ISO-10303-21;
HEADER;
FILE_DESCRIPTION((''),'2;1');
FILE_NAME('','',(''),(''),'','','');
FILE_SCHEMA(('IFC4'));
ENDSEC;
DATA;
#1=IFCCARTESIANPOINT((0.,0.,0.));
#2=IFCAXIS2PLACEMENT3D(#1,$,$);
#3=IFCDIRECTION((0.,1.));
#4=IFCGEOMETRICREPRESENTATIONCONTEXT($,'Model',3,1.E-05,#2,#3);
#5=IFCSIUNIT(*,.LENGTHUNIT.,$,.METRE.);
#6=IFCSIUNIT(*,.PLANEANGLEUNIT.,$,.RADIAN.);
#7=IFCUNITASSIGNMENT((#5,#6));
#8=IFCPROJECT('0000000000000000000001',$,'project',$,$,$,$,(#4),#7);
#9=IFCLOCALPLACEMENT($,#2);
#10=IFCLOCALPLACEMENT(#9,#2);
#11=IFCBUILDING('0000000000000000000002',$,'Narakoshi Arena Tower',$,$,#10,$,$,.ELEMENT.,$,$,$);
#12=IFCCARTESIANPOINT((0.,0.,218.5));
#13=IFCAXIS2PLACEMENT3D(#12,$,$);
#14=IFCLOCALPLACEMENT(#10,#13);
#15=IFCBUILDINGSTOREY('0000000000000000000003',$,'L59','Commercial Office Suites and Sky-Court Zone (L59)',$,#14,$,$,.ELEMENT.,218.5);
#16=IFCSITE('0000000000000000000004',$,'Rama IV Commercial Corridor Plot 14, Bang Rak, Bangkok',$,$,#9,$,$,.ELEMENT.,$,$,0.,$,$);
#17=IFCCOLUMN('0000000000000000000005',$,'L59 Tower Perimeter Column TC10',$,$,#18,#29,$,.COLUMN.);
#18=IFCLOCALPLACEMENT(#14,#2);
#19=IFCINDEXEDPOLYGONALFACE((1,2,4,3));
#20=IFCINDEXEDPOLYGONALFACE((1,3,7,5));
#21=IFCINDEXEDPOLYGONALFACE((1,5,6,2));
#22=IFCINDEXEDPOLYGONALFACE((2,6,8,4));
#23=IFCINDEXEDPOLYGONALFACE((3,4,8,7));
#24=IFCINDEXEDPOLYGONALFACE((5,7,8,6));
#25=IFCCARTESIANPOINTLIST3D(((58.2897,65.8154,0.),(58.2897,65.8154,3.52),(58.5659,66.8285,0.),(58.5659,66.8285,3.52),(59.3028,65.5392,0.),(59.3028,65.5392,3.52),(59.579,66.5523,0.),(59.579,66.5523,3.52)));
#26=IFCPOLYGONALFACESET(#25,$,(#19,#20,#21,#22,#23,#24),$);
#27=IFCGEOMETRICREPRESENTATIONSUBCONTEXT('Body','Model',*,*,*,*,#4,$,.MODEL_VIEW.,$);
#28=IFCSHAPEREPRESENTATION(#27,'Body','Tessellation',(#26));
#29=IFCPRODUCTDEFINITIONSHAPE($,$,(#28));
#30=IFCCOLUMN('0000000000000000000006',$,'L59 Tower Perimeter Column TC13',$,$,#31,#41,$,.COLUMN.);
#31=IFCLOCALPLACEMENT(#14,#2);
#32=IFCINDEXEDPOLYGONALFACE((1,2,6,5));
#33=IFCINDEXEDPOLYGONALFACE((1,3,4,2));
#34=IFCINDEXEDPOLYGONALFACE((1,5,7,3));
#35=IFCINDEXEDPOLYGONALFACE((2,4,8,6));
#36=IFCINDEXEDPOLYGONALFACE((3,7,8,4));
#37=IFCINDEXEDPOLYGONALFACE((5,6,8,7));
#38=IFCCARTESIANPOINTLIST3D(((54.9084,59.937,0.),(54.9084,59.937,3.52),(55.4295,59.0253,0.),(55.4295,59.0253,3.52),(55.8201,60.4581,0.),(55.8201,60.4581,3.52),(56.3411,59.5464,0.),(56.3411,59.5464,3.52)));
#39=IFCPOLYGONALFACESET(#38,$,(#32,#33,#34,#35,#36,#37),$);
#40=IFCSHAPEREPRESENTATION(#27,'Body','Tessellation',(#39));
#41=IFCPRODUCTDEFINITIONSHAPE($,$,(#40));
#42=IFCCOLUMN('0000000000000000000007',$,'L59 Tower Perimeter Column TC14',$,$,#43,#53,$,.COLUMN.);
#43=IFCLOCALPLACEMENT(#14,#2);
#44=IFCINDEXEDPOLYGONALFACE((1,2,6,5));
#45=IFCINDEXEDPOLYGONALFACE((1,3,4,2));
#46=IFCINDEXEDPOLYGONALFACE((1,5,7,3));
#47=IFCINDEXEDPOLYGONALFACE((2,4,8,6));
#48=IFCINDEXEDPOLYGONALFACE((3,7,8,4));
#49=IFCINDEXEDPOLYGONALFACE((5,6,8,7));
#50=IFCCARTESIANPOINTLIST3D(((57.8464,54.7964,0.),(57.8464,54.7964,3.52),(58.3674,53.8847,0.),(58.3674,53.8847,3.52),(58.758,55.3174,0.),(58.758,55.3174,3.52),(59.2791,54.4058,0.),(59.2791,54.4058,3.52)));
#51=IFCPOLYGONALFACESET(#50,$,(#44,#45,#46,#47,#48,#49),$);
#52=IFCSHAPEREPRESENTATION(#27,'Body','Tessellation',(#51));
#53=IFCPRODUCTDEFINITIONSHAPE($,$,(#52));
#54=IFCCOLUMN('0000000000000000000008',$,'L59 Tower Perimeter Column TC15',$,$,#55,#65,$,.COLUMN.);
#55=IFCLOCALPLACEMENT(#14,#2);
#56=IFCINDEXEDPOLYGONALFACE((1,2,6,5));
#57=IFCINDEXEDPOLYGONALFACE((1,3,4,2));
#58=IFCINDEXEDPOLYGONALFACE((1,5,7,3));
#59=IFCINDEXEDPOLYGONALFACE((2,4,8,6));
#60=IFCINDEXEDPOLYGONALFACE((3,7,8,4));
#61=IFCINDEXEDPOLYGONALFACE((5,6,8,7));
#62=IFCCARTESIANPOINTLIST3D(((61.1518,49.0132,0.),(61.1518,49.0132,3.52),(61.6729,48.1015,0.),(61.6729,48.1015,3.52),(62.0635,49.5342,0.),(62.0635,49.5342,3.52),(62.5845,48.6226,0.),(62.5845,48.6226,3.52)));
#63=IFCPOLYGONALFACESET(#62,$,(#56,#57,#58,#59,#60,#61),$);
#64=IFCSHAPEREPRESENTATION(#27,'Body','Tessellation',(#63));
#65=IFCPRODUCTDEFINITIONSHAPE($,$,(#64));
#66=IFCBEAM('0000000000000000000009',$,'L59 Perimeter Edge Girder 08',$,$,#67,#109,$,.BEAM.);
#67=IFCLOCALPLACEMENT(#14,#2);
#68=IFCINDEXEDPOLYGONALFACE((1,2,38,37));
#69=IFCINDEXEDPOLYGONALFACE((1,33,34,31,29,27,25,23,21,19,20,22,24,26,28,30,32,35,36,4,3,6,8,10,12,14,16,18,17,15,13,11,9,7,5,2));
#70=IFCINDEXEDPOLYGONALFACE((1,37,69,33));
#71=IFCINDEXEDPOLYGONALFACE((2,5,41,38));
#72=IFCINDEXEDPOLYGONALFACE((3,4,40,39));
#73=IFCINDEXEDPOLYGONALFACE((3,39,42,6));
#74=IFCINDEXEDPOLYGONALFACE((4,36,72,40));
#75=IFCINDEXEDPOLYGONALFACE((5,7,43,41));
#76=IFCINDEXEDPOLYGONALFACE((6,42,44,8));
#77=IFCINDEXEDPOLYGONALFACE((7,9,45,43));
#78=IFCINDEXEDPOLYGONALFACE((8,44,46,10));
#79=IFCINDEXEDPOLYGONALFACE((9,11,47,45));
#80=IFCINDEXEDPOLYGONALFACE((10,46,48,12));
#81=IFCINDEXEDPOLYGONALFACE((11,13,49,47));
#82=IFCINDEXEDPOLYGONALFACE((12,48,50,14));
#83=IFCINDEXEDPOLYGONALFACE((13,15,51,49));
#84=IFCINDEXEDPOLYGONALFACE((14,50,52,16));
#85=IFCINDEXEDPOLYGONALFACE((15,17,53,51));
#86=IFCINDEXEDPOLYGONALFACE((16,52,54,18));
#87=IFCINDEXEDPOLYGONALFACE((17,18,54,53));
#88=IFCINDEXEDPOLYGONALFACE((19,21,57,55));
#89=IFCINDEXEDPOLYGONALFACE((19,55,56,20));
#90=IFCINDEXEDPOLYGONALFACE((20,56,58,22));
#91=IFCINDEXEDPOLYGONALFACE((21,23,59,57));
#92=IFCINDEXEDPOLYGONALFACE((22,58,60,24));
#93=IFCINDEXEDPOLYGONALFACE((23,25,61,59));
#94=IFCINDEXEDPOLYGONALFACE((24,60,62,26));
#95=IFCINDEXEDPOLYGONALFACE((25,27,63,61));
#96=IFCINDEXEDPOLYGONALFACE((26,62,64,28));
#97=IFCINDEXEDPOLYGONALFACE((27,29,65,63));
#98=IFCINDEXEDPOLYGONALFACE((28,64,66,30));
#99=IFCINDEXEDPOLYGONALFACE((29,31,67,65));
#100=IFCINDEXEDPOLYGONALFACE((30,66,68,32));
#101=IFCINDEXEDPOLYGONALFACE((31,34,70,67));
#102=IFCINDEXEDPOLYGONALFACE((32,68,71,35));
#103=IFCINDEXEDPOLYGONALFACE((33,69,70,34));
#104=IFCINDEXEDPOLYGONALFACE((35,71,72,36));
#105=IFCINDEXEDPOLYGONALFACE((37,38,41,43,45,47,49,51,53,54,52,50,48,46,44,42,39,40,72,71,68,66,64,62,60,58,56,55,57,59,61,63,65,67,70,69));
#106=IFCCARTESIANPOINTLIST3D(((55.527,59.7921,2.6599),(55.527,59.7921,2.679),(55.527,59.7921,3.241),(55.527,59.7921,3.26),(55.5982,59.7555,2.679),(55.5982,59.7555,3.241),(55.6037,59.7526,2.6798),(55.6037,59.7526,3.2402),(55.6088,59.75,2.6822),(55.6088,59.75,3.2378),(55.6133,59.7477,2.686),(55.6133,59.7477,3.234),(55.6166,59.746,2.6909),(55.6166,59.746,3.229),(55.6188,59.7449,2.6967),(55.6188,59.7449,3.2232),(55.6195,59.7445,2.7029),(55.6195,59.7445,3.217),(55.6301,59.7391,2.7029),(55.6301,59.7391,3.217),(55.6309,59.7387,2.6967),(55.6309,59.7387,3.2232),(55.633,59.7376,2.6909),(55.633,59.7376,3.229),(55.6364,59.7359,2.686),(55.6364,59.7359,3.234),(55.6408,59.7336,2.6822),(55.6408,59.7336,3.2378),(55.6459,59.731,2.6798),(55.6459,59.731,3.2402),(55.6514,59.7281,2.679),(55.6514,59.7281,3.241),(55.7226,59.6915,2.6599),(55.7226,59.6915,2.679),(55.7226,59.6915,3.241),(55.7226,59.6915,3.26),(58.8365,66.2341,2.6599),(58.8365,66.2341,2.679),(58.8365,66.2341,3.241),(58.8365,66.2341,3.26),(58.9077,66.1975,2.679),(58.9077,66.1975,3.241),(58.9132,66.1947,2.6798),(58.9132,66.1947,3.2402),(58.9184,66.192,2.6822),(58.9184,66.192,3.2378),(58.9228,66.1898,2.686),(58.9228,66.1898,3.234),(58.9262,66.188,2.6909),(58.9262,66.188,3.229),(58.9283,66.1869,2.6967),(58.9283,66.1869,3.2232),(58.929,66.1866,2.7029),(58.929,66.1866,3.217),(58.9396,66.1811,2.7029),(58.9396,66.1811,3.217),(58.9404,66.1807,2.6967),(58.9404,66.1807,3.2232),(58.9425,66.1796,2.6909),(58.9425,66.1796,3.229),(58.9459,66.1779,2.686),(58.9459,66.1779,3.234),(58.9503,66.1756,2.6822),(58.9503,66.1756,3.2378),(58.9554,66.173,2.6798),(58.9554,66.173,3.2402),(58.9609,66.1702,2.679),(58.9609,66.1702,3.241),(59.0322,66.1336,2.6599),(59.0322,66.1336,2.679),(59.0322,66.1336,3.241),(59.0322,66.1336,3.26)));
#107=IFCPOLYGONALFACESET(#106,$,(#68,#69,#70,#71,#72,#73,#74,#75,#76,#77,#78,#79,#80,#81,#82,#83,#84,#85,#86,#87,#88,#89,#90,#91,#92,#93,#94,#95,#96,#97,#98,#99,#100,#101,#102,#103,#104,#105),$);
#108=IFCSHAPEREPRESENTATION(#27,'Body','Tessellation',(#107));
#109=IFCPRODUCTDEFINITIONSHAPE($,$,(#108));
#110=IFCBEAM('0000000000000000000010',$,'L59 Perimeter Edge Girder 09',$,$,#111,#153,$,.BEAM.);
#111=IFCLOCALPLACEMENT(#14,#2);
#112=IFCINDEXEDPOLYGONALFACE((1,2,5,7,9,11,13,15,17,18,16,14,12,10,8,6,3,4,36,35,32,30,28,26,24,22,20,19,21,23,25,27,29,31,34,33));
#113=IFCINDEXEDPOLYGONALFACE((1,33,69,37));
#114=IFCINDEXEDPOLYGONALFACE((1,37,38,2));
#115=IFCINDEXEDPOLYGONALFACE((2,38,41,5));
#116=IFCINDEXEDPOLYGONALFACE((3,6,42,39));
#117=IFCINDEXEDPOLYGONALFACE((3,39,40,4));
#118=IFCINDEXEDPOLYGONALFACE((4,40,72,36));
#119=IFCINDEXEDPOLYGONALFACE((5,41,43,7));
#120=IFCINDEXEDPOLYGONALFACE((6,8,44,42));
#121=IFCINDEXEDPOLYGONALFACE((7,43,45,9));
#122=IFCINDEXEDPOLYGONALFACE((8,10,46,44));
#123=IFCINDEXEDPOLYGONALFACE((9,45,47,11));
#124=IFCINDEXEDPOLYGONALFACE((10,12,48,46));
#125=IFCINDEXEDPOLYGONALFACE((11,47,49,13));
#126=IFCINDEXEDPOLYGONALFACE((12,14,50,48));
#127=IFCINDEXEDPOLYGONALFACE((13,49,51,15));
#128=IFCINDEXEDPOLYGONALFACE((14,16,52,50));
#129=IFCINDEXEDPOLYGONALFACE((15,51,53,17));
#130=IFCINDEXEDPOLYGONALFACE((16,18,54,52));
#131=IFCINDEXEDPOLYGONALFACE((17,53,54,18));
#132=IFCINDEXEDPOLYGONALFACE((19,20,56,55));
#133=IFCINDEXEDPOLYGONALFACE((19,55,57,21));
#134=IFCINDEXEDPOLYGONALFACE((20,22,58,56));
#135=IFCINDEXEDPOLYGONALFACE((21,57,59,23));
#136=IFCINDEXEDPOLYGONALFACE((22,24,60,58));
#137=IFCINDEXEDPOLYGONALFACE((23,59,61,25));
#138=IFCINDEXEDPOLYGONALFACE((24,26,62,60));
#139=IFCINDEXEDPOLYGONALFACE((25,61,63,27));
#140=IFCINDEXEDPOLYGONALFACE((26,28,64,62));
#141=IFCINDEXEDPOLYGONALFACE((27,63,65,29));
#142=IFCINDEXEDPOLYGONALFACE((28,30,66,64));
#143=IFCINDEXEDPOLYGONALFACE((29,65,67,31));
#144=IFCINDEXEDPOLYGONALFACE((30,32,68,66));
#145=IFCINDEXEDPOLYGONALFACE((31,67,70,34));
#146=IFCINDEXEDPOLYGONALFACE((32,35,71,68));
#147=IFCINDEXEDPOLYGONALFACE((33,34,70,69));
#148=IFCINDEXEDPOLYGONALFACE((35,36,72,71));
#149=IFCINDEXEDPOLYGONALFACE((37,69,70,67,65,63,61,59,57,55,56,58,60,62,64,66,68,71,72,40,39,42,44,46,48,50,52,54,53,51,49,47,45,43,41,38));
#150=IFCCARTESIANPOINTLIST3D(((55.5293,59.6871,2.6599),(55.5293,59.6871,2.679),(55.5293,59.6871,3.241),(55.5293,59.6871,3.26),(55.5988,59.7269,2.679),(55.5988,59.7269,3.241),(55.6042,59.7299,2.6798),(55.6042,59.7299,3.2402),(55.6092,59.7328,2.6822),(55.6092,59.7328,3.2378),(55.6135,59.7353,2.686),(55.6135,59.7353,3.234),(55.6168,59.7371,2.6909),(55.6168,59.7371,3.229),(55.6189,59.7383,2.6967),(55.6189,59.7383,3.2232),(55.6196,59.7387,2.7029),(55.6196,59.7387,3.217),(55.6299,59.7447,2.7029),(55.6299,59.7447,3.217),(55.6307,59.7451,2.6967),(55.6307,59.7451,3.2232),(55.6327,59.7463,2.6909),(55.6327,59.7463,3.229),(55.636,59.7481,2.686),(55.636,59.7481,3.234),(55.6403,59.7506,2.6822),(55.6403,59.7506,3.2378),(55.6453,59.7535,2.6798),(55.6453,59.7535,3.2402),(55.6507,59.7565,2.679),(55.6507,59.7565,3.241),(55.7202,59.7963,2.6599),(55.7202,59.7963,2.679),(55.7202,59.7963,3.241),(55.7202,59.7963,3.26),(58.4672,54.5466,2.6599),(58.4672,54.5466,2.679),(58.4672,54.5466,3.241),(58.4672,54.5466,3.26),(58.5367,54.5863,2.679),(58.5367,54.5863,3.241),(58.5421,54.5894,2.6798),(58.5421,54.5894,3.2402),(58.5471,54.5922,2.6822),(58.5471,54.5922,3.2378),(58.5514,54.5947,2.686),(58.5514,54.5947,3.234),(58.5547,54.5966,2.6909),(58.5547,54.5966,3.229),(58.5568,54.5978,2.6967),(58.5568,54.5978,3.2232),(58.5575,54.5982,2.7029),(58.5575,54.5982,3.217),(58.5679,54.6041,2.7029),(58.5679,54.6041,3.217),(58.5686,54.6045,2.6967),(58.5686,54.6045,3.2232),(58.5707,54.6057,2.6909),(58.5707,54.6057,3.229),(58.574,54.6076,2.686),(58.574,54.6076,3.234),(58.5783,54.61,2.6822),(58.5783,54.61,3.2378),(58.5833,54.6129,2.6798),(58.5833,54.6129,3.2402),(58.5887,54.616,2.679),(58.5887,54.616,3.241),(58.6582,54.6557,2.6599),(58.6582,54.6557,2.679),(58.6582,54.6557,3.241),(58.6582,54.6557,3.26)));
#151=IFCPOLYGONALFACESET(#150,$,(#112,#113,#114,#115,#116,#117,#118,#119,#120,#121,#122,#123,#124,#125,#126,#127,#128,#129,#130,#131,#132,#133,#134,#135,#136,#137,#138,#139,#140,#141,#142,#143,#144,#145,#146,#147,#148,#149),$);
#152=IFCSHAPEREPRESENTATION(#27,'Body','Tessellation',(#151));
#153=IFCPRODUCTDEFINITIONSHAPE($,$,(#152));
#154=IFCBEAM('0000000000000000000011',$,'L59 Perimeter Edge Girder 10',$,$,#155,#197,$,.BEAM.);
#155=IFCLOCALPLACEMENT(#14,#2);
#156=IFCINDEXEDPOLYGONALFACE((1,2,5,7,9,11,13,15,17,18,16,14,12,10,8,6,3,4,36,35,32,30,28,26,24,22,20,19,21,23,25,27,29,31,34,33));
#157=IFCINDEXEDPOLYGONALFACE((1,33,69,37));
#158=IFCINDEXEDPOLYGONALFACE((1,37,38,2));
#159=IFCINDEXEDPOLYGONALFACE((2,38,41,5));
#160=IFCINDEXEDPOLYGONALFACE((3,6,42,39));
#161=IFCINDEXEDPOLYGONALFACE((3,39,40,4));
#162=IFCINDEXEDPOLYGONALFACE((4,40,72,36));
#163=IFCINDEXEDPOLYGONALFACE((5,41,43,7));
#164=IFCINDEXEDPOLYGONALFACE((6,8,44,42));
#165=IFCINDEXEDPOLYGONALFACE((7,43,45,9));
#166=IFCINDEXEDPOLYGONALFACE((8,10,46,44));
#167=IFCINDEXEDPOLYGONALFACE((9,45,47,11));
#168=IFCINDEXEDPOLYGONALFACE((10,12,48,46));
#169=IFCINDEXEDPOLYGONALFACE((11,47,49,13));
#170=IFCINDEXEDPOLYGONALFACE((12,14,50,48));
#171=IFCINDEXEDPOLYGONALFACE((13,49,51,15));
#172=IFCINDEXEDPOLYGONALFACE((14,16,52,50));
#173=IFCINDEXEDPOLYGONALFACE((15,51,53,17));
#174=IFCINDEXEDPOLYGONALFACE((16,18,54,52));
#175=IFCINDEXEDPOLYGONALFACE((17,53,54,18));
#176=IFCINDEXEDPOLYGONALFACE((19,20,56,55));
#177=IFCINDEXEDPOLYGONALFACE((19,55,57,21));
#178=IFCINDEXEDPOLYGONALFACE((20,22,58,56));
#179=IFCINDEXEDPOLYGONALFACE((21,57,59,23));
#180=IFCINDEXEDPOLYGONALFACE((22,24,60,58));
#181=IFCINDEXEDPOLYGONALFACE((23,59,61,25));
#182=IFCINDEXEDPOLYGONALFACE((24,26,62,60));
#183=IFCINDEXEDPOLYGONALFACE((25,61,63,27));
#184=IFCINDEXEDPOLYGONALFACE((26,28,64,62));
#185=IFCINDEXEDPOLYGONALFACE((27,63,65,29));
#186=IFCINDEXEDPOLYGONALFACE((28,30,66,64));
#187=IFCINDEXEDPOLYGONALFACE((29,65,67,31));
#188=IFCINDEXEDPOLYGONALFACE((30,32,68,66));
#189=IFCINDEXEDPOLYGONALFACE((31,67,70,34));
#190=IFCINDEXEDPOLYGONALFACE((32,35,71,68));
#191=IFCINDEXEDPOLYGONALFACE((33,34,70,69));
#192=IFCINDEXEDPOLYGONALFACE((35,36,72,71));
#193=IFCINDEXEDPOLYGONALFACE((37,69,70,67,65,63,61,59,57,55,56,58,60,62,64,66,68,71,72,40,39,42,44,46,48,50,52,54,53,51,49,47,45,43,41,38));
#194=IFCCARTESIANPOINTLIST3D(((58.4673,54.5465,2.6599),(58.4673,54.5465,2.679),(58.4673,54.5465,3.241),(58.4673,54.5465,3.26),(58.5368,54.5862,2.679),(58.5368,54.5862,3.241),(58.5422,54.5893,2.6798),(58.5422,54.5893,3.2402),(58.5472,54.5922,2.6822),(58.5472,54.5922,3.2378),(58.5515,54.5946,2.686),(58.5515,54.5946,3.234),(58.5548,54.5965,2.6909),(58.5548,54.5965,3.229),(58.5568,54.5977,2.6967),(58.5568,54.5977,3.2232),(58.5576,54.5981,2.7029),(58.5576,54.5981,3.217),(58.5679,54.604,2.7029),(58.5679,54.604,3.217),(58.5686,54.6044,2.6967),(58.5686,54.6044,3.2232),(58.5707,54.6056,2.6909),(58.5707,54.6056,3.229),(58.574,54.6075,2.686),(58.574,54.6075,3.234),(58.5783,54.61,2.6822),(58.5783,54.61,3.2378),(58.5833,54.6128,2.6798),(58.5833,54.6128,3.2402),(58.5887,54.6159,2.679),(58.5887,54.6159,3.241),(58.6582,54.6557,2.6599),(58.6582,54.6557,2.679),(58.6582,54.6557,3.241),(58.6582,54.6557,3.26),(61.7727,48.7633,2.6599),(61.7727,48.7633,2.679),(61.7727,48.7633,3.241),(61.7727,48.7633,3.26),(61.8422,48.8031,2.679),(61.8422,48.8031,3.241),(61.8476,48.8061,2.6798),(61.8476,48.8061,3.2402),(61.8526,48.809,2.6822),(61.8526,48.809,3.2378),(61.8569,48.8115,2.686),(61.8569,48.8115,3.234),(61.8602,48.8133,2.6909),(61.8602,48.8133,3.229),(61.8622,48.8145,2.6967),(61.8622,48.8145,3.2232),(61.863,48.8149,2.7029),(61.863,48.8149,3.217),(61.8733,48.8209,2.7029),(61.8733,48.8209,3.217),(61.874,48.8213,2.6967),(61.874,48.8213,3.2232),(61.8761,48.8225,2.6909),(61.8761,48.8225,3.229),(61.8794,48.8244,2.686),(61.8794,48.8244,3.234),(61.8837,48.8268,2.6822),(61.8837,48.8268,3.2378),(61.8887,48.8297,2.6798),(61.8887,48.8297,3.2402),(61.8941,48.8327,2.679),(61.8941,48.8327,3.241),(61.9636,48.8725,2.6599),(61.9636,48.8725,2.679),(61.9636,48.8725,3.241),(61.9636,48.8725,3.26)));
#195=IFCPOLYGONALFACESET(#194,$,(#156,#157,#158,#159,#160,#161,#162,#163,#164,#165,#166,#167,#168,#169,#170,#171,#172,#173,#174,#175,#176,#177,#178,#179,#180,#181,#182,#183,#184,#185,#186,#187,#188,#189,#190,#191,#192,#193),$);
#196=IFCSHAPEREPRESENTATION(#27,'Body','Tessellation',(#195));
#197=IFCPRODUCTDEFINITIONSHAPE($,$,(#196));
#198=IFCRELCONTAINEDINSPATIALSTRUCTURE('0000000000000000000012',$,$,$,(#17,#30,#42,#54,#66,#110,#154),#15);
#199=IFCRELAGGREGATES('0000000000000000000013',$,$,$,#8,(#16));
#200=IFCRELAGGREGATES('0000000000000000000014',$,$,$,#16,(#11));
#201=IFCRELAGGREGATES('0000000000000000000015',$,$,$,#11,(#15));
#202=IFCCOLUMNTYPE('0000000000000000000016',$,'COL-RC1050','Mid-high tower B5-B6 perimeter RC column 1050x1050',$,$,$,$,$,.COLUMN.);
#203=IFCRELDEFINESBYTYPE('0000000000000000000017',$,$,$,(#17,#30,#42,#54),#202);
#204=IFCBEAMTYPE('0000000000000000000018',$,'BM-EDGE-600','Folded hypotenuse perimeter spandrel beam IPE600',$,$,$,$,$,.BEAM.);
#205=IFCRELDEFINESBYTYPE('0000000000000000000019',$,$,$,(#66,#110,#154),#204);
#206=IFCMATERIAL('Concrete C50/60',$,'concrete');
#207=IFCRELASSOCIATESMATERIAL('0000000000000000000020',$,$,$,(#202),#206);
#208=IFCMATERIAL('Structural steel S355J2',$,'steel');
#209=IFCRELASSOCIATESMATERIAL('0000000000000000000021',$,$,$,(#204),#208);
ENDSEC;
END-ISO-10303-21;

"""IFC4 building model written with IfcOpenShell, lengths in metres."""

from ifc_helpers import new_model, si_unit, direction, frame, origin, origin_2d, place, context, subcontext, project, spatial, rectangle, i_section, extrude, material, material_profile, profile_set, type_object, element, save


model = new_model("IFC4")

# Units and contexts
model_context = context("Model", 3, precision=1e-05, world=origin(), true_north=direction((0.0, 1.0)))
body_context = subcontext(model_context, "Body", "Model", "MODEL_VIEW")
ifc_project = project(units=[si_unit("LENGTHUNIT", "METRE"), si_unit("PLANEANGLEUNIT", "RADIAN")], contexts=[model_context])

# Site, building, storey
site_placement = place(None, origin())
site = spatial("IfcSite", under=ifc_project, at=site_placement, Name="Rama IV Commercial Corridor Plot 14, Bang Rak, Bangkok", CompositionType="ELEMENT", RefElevation=0.0)
building_placement = place(site_placement, origin())
building = spatial("IfcBuilding", under=site, at=building_placement, Name="Narakoshi Arena Tower", CompositionType="ELEMENT")
storey_placement = place(building_placement, frame((0.0, 0.0, 218.5)))
storey = spatial("IfcBuildingStorey", under=building, at=storey_placement, Name="L59", Description="Commercial Office Suites and Sky-Court Zone (L59)", CompositionType="ELEMENT", Elevation=218.5)

# Columns
ifc_material_1 = material(Name="Concrete C50/60", Category="concrete")
ifc_material_profile_1 = material_profile(ifc_material_1, rectangle(XDim=1.05, YDim=1.05, at=origin_2d()), Name="RC1050x1050")
ifc_profile_set_1 = profile_set([ifc_material_profile_1], Name="Concrete C50/60")
column_type = type_object("IfcColumnType", Name="COL-RC1050", Description="Mid-high tower B5-B6 perimeter RC column 1050x1050", PredefinedType="COLUMN", material=ifc_profile_set_1)
for number, where, z_axis, x_axis, name in (
    (1, (58.9343, 66.1838, 0.0), (0.0, 0.0, 1.0), (0.263031, 0.964787, 0.0), "L59 Tower Perimeter Column TC10"),
    (2, (55.6248, 59.7417, 0.0), (0.0, 0.0, 1.0), (-0.496217, 0.868199, 0.0), "L59 Tower Perimeter Column TC13"),
    (3, (58.5627, 54.6011, 0.0), (0.0, 0.0, 1.0), (-0.496217, 0.868199, 0.0), "L59 Tower Perimeter Column TC14"),
    (4, (61.8682, 48.8179, 0.0), (0.0, 0.0, 1.0), (-0.496217, 0.868199, 0.0), "L59 Tower Perimeter Column TC15"),
):
    element("IfcColumn", number, at=place(storey_placement, frame(where, z_axis=z_axis, x_axis=x_axis)), inside=storey, type_object=column_type, Name=name, PredefinedType="COLUMN", context=body_context, shape_type="SweptSolid", body=[
        extrude(rectangle(XDim=1.05, YDim=1.05, at=origin_2d()), origin(), (0.0, 0.0, 1.0), 3.52),
    ])

# Beams
ifc_material_2 = material(Name="Structural steel S355J2", Category="steel")
ifc_material_profile_2 = material_profile(ifc_material_2, i_section(OverallWidth=0.22, OverallDepth=0.6001, WebThickness=0.012, FlangeThickness=0.019, FilletRadius=0.0239, at=origin_2d()), Name="IPE600")
ifc_profile_set_2 = profile_set([ifc_material_profile_2], Name="Structural steel S355J2")
beam_type_1 = type_object("IfcBeamType", Name="BM-EDGE-600", Description="Folded hypotenuse perimeter spandrel beam IPE600", PredefinedType="BEAM", material=ifc_profile_set_2)
beam_1_placement = place(storey_placement, frame((58.9343, 66.1838, 2.96), z_axis=(-0.456963, -0.889486, 0.0), x_axis=(0.889486, -0.456963, 0.0)))
element("IfcBeam", 5, at=beam_1_placement, inside=storey, type_object=beam_type_1, Name="L59 Perimeter Edge Girder 08", PredefinedType="BEAM", context=body_context, shape_type="SweptSolid", body=[
    extrude(i_section(OverallWidth=0.22, OverallDepth=0.6001, WebThickness=0.012, FlangeThickness=0.019, FilletRadius=0.0239, at=origin_2d()), origin(), (0.0, 0.0, 1.0), 7.2424),
])
beam_2_placement = place(storey_placement, frame((55.6248, 59.7417, 2.96), z_axis=(0.496201, -0.868208, 0.0), x_axis=(0.868208, 0.496201, 0.0)))
element("IfcBeam", 6, at=beam_2_placement, inside=storey, type_object=beam_type_1, Name="L59 Perimeter Edge Girder 09", PredefinedType="BEAM", context=body_context, shape_type="SweptSolid", body=[
    extrude(i_section(OverallWidth=0.22, OverallDepth=0.6001, WebThickness=0.012, FlangeThickness=0.019, FilletRadius=0.0239, at=origin_2d()), origin(), (0.0, 0.0, 1.0), 5.9209),
])
for number, where, z_axis, x_axis, name in (
    (7, (58.5627, 54.6011, 2.96), (0.496222, -0.868196, 0.0), (0.868196, 0.496222, 0.0), "L59 Perimeter Edge Girder 10"),
):
    element("IfcBeam", number, at=place(storey_placement, frame(where, z_axis=z_axis, x_axis=x_axis)), inside=storey, type_object=beam_type_1, Name=name, PredefinedType="BEAM", context=body_context, shape_type="SweptSolid", body=[
        extrude(i_section(OverallWidth=0.22, OverallDepth=0.6001, WebThickness=0.012, FlangeThickness=0.019, FilletRadius=0.0239, at=origin_2d()), origin(), (0.0, 0.0, 1.0), 6.6611),
    ])

save(model, "model.ifc")
